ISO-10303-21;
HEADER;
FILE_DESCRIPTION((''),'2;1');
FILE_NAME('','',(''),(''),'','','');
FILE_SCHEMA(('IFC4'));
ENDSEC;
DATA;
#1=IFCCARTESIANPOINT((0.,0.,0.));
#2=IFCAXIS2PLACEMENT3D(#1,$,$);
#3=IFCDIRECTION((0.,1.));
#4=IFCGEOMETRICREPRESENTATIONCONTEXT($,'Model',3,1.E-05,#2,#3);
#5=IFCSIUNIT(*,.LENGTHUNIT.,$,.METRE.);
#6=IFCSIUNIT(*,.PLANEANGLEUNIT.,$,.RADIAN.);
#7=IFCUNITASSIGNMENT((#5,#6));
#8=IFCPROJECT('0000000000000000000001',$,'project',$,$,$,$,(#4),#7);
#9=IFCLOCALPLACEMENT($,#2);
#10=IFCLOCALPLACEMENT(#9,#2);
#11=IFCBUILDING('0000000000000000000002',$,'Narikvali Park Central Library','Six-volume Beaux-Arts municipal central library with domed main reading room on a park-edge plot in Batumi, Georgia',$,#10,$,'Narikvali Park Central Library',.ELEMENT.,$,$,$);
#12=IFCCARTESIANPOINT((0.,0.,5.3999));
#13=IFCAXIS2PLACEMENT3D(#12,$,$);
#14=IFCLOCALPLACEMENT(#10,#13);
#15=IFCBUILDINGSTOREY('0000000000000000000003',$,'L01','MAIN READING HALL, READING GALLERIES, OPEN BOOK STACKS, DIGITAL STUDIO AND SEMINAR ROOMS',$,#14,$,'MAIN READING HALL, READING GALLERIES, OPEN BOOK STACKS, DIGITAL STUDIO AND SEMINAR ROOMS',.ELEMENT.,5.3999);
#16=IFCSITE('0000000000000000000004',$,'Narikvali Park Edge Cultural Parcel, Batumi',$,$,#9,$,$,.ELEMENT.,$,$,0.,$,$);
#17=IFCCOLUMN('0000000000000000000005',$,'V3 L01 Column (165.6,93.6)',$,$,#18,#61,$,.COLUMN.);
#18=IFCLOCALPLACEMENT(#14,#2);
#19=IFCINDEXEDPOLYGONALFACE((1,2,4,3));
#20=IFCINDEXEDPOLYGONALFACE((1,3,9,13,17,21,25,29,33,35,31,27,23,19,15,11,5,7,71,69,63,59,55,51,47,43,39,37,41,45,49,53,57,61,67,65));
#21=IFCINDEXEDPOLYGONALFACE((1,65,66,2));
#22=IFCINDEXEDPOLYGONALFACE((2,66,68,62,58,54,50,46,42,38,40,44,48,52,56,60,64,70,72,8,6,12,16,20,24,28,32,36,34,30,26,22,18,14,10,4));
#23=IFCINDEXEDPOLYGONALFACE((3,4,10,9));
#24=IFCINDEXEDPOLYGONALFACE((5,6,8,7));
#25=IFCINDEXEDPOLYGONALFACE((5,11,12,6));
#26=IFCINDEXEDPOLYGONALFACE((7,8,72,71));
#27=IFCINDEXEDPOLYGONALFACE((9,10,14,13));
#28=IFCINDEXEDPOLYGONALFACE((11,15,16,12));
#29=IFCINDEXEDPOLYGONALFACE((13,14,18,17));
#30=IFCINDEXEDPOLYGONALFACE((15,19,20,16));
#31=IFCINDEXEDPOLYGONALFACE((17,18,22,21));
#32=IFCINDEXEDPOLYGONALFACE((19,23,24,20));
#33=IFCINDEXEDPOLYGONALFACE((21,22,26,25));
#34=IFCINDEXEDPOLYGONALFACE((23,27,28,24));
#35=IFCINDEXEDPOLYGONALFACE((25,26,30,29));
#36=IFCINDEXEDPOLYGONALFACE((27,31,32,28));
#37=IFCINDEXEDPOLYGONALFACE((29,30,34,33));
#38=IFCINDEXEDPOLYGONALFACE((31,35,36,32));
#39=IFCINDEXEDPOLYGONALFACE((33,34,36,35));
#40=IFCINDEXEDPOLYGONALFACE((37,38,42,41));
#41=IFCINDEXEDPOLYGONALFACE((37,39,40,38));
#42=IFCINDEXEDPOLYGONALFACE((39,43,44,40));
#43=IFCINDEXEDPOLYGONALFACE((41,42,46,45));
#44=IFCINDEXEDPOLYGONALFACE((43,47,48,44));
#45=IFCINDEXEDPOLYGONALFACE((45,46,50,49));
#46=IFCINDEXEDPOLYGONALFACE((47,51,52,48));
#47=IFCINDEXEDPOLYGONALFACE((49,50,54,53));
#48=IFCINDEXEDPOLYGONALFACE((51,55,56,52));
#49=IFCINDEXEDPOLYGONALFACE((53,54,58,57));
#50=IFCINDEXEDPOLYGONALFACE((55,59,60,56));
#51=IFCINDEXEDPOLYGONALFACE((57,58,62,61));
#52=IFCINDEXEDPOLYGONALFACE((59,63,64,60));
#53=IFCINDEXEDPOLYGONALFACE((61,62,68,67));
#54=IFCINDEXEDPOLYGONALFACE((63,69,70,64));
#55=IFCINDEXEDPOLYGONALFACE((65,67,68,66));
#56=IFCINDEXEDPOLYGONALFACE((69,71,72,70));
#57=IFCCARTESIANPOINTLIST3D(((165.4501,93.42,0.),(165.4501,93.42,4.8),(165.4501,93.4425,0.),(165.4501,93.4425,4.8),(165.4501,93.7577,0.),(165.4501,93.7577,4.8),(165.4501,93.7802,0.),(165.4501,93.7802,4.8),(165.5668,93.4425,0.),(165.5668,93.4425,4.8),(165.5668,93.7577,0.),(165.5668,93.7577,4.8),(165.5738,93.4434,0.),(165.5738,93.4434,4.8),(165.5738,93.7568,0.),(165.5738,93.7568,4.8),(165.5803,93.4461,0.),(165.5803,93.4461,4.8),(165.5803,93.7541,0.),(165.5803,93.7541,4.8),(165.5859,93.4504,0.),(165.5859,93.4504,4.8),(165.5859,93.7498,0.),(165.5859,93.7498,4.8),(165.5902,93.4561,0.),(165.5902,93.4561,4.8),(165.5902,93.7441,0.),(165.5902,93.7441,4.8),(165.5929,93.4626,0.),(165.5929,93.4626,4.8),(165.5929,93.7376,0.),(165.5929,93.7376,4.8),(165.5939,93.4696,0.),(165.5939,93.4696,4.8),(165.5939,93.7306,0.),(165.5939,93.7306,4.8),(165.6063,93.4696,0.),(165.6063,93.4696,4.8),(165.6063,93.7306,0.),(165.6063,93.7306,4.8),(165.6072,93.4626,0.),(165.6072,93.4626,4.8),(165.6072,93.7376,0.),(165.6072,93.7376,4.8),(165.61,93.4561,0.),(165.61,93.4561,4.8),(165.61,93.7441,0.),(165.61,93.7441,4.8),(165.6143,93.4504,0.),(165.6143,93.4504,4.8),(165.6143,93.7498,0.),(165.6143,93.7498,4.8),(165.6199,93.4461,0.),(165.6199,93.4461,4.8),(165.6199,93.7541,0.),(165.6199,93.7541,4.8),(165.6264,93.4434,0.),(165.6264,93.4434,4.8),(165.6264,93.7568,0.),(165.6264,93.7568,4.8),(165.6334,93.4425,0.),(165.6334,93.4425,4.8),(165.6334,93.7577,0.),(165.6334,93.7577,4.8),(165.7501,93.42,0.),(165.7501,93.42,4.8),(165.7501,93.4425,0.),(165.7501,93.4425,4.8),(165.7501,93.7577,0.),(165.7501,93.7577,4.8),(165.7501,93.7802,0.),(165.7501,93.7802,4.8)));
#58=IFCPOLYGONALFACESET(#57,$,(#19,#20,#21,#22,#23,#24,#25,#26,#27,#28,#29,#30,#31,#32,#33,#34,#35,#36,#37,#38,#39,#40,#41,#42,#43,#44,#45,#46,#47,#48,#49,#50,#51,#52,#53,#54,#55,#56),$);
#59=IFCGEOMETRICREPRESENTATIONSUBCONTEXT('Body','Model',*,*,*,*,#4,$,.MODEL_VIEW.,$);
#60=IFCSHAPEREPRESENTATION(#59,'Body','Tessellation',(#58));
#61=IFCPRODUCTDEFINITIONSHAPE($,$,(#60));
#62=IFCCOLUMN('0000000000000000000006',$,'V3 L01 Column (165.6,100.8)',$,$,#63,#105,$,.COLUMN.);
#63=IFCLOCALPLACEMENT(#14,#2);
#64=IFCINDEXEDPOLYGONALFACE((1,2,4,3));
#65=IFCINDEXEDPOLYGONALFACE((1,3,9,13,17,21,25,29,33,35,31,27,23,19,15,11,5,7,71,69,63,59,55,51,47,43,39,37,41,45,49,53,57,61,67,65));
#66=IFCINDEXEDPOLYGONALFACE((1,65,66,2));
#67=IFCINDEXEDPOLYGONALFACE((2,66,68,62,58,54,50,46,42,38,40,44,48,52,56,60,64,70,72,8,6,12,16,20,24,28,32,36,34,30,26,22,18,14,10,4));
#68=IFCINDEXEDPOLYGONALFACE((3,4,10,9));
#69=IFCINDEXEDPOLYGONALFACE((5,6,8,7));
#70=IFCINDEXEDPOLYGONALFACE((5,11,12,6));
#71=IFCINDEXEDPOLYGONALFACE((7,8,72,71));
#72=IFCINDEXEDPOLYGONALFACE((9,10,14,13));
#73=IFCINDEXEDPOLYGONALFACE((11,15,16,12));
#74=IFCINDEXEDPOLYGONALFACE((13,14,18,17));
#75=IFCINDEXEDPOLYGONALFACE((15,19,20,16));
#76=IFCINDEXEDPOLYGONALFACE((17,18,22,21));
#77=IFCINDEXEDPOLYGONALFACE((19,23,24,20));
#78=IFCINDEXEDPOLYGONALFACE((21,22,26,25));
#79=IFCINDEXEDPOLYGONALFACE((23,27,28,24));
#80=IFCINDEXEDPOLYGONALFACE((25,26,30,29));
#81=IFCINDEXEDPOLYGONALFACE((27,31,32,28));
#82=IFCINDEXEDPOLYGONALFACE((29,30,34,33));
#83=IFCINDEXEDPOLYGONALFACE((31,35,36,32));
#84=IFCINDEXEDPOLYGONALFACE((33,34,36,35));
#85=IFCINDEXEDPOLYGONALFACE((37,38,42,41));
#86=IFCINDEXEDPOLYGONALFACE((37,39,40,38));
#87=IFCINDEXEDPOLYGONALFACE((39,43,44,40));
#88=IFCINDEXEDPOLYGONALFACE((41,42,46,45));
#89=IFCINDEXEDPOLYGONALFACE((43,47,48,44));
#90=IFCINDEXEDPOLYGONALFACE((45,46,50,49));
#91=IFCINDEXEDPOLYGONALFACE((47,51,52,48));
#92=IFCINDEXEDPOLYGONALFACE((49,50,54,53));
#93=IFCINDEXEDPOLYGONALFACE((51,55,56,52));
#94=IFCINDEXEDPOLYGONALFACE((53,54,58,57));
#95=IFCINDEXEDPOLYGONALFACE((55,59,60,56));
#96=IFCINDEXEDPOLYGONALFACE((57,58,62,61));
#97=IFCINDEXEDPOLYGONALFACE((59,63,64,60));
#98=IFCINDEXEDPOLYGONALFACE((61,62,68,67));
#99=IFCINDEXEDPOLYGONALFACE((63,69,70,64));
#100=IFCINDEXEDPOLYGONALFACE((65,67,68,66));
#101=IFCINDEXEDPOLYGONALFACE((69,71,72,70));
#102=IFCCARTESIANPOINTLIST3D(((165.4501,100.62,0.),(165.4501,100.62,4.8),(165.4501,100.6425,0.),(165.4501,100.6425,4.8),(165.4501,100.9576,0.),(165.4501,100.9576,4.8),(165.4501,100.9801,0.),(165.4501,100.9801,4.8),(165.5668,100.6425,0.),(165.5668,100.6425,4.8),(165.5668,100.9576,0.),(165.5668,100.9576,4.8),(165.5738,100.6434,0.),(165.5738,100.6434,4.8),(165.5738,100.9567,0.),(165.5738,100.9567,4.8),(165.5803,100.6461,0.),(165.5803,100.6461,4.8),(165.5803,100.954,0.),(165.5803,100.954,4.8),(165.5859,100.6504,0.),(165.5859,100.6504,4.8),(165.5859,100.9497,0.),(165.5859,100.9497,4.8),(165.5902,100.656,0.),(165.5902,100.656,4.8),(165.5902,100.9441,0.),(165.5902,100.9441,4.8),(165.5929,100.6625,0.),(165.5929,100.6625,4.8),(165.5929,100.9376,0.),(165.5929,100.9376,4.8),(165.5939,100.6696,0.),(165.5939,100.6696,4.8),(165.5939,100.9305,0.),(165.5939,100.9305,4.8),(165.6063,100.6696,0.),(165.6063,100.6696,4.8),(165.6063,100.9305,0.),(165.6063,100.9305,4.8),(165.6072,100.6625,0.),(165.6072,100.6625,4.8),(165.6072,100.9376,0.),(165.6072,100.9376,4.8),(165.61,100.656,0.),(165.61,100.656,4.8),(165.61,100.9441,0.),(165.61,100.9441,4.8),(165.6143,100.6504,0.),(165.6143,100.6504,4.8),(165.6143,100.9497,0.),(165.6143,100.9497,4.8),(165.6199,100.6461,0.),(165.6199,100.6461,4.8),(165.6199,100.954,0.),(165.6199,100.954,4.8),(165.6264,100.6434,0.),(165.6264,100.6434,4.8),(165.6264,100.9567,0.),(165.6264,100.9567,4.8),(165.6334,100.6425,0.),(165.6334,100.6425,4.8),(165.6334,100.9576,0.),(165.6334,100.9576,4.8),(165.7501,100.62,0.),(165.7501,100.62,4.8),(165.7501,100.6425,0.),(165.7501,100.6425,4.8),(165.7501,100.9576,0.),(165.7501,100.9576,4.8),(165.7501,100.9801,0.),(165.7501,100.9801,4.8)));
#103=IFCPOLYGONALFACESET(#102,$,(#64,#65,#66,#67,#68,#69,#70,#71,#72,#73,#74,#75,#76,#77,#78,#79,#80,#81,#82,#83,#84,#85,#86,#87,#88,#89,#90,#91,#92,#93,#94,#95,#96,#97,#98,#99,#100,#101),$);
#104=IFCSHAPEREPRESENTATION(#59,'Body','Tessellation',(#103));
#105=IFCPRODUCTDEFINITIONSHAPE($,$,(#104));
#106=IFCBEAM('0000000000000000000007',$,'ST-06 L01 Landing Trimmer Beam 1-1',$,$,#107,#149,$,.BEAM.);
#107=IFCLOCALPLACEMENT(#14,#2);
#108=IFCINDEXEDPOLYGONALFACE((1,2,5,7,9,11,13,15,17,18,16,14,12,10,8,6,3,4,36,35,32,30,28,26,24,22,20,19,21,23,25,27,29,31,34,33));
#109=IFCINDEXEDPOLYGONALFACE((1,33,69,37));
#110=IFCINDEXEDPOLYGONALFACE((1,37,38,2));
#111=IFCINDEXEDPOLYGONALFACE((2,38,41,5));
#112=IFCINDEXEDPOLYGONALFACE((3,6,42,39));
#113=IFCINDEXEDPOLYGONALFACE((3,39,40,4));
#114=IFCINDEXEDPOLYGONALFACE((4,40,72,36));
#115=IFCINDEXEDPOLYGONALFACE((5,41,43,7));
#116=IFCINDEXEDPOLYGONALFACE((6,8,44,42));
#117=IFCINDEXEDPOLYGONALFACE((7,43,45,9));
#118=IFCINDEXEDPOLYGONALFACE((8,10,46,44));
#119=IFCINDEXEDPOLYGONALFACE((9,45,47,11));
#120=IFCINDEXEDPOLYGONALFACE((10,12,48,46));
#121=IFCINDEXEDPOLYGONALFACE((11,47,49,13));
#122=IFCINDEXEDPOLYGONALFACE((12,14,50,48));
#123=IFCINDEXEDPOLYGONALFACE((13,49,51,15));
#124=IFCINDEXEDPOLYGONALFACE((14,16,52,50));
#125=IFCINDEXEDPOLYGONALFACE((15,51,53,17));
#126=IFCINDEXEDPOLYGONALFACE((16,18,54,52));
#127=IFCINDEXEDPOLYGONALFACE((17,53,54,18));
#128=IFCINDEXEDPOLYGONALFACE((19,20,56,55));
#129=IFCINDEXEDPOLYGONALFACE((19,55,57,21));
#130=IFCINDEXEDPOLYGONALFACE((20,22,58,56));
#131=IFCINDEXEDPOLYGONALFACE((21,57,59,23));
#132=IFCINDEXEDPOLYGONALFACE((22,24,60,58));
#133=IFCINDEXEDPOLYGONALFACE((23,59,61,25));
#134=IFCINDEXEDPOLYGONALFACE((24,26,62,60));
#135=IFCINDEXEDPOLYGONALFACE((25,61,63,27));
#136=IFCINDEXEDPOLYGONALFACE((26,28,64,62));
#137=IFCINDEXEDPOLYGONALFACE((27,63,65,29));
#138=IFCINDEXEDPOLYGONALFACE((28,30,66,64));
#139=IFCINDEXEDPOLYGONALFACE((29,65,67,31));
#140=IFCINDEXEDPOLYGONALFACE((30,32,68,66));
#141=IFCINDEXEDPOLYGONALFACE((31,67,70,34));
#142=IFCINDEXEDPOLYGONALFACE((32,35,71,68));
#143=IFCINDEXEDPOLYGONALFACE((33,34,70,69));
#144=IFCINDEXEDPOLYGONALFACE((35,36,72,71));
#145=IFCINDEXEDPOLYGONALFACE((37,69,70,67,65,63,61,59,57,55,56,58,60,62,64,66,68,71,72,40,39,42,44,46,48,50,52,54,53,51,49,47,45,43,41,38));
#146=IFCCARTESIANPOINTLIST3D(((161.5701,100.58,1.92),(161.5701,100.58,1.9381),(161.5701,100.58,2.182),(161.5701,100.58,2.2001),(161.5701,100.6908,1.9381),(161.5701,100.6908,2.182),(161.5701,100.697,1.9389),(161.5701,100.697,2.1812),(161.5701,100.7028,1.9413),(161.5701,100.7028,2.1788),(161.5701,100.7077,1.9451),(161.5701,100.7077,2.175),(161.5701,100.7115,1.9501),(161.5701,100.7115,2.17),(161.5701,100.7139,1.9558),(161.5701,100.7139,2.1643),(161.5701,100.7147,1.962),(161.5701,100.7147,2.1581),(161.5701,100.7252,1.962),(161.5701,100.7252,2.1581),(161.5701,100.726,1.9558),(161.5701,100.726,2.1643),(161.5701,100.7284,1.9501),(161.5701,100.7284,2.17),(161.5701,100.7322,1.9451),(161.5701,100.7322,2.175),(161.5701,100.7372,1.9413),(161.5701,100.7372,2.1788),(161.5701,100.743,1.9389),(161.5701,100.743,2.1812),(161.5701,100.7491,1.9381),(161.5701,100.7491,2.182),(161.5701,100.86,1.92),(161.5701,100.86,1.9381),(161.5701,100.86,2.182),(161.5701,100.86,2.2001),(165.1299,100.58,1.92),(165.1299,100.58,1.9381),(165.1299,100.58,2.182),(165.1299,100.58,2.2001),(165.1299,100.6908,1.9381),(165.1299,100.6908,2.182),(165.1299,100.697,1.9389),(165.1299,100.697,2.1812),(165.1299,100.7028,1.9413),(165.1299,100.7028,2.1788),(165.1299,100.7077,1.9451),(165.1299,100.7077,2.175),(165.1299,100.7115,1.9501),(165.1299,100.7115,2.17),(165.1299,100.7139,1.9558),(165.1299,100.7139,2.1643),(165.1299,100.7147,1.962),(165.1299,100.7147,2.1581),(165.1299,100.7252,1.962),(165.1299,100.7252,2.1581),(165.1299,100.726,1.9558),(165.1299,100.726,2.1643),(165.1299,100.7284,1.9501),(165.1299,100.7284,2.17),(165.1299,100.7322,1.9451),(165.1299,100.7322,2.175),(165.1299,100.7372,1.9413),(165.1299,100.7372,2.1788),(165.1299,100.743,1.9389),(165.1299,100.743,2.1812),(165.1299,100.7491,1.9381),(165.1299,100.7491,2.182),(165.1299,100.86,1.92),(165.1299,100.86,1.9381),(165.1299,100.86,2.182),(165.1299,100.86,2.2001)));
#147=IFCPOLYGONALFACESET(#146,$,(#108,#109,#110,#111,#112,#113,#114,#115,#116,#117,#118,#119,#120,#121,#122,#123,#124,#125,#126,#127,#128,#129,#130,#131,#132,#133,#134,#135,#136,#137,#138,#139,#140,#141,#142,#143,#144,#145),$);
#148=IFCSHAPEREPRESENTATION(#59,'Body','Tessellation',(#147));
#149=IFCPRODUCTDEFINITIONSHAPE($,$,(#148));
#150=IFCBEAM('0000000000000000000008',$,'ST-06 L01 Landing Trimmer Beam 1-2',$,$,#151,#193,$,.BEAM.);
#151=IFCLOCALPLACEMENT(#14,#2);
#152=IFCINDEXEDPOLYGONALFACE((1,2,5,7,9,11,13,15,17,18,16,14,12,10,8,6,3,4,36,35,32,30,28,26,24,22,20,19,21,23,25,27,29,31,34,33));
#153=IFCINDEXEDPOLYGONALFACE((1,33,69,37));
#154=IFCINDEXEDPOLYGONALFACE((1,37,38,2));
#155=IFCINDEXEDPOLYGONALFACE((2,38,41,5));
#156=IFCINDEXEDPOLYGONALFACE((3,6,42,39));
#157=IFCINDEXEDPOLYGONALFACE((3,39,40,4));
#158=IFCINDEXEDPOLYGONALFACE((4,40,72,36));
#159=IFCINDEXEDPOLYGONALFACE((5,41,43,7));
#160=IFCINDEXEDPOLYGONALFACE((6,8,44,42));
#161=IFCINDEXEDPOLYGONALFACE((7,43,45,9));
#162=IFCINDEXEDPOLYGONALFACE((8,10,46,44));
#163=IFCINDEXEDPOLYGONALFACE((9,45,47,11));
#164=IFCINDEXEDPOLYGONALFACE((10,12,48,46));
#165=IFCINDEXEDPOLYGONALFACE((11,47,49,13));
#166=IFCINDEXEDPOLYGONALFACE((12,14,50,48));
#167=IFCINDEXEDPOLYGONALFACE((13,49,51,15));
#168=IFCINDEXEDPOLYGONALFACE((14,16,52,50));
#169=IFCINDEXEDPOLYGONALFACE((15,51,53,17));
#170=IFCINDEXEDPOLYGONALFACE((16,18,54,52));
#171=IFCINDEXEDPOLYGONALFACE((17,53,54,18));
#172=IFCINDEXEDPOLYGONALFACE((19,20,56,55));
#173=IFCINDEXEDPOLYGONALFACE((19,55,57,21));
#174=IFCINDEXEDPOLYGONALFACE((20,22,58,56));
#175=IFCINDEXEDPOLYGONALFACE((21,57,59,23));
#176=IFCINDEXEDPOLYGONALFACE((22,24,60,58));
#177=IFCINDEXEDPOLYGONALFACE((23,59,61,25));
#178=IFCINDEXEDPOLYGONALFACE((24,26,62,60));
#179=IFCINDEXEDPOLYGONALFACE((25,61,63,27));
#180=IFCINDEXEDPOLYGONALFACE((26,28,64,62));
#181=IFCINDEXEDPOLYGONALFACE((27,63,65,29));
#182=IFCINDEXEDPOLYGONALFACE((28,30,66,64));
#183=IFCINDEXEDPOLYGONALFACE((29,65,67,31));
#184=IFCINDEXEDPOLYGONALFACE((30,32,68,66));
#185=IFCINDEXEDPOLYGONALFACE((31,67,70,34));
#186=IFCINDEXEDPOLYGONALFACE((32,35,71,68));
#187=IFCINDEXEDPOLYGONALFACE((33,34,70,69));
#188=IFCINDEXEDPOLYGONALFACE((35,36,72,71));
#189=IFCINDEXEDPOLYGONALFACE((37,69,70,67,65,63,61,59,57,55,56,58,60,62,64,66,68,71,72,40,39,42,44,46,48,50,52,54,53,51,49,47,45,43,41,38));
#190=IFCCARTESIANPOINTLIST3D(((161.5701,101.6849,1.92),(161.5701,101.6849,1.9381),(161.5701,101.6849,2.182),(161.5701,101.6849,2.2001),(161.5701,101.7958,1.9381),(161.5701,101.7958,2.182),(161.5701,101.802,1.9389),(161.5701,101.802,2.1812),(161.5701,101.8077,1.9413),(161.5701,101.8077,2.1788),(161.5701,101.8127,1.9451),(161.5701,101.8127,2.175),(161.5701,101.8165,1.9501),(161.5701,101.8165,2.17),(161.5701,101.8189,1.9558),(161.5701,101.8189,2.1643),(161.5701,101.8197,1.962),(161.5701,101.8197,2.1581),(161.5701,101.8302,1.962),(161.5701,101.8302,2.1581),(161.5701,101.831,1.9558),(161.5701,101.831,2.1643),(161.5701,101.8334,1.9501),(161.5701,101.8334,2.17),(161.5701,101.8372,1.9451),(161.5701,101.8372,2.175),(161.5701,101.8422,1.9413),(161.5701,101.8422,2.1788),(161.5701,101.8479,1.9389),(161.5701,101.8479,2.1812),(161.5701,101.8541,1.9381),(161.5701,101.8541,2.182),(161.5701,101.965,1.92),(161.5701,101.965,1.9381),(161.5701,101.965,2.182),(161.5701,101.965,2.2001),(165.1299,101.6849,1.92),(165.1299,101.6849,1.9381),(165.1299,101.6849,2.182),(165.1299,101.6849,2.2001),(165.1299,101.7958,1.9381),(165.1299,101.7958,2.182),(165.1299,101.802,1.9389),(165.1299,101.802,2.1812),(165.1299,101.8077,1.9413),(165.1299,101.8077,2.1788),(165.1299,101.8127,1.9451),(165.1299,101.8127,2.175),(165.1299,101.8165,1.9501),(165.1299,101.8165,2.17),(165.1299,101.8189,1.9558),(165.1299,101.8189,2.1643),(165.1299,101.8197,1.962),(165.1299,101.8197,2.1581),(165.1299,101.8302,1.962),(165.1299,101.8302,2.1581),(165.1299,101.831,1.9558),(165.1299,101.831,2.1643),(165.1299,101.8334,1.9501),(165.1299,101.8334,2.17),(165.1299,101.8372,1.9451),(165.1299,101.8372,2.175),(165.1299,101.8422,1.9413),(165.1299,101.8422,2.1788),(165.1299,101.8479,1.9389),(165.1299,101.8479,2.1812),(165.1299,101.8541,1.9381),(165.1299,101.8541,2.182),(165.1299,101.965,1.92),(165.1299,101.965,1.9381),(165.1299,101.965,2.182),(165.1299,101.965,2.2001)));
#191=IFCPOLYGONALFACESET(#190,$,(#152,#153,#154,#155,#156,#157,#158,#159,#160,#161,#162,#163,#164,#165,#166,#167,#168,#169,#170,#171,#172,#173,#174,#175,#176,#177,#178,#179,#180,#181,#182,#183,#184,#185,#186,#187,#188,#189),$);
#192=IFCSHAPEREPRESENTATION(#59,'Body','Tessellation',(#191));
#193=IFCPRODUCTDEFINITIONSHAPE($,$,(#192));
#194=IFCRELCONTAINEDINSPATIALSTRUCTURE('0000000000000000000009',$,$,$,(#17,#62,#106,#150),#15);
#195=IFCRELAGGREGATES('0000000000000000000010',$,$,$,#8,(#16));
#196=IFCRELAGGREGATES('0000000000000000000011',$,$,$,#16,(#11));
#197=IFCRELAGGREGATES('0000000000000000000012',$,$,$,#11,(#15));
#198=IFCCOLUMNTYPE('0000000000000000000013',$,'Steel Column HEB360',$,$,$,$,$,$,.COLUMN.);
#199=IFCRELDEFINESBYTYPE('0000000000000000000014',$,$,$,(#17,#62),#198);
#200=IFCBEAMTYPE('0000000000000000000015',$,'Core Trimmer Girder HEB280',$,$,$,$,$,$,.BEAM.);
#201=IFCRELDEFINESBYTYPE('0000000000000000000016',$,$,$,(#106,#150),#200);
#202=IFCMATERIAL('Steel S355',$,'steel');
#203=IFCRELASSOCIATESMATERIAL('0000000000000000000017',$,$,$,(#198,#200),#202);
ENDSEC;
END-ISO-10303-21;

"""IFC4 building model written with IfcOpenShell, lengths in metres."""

from ifc_helpers import new_model, si_unit, direction, frame, origin, origin_2d, place, context, subcontext, project, spatial, i_section, extrude, material, material_profile, profile_set, type_object, element, save


model = new_model("IFC4")

# Units and contexts
model_context = context("Model", 3, precision=1e-05, world=origin(), true_north=direction((0.0, 1.0)))
body_context = subcontext(model_context, "Body", "Model", "MODEL_VIEW")
ifc_project = project(units=[si_unit("LENGTHUNIT", "METRE"), si_unit("PLANEANGLEUNIT", "RADIAN")], contexts=[model_context])

# Site, building, storey
site_placement = place(None, origin())
site = spatial("IfcSite", under=ifc_project, at=site_placement, Name="Narikvali Park Edge Cultural Parcel, Batumi", CompositionType="ELEMENT", RefElevation=0.0)
building_placement = place(site_placement, origin())
building = spatial("IfcBuilding", under=site, at=building_placement, Name="Narikvali Park Central Library", Description="Six-volume Beaux-Arts municipal central library with domed main reading room on a park-edge plot in Batumi, Georgia", LongName="Narikvali Park Central Library", CompositionType="ELEMENT")
storey_placement = place(building_placement, frame((0.0, 0.0, 5.3999)))
storey = spatial("IfcBuildingStorey", under=building, at=storey_placement, Name="L01", Description="MAIN READING HALL, READING GALLERIES, OPEN BOOK STACKS, DIGITAL STUDIO AND SEMINAR ROOMS", LongName="MAIN READING HALL, READING GALLERIES, OPEN BOOK STACKS, DIGITAL STUDIO AND SEMINAR ROOMS", CompositionType="ELEMENT", Elevation=5.3999)

# Columns
ifc_material_1 = material(Name="Steel S355", Category="steel")
ifc_material_profile_1 = material_profile(ifc_material_1, i_section(OverallWidth=0.3, OverallDepth=0.3601, WebThickness=0.0125, FlangeThickness=0.0225, FilletRadius=0.0271, at=origin_2d()), Name="HEB 360")
ifc_profile_set_1 = profile_set([ifc_material_profile_1], Name="Steel S355")
column_type = type_object("IfcColumnType", Name="Steel Column HEB360", PredefinedType="COLUMN", material=ifc_profile_set_1)
for number, where, z_axis, x_axis, name in (
    (1, (165.6001, 93.6001, 0.0), (0.0, 0.0, 1.0), (1.0, 0.0, 0.0), "V3 L01 Column (165.6,93.6)"),
    (2, (165.6001, 100.8, 0.0), (0.0, 0.0, 1.0), (1.0, 0.0, 0.0), "V3 L01 Column (165.6,100.8)"),
):
    element("IfcColumn", number, at=place(storey_placement, frame(where, z_axis=z_axis, x_axis=x_axis)), inside=storey, type_object=column_type, Name=name, PredefinedType="COLUMN", context=body_context, shape_type="SweptSolid", body=[
        extrude(i_section(OverallWidth=0.3, OverallDepth=0.3601, WebThickness=0.0125, FlangeThickness=0.0225, FilletRadius=0.0271, at=origin_2d()), origin(), (0.0, 0.0, 1.0), 4.8),
    ])

# Beams
ifc_material_profile_2 = material_profile(ifc_material_1, i_section(OverallWidth=0.28, OverallDepth=0.28, WebThickness=0.0105, FlangeThickness=0.0181, FilletRadius=0.0239, at=origin_2d()), Name="HEB 280")
ifc_profile_set_2 = profile_set([ifc_material_profile_2], Name="Steel S355")
beam_type_1 = type_object("IfcBeamType", Name="Core Trimmer Girder HEB280", PredefinedType="BEAM", material=ifc_profile_set_2)
for number, where, z_axis, x_axis, name in (
    (3, (161.5701, 100.72, 2.0601), (1.0, 0.0, 0.0), (0.0, 1.0, 0.0), "ST-06 L01 Landing Trimmer Beam 1-1"),
    (4, (161.5701, 101.825, 2.0601), (1.0, 0.0, 0.0), (0.0, 1.0, 0.0), "ST-06 L01 Landing Trimmer Beam 1-2"),
):
    element("IfcBeam", number, at=place(storey_placement, frame(where, z_axis=z_axis, x_axis=x_axis)), inside=storey, type_object=beam_type_1, Name=name, PredefinedType="BEAM", context=body_context, shape_type="SweptSolid", body=[
        extrude(i_section(OverallWidth=0.28, OverallDepth=0.28, WebThickness=0.0105, FlangeThickness=0.0181, FilletRadius=0.0239, at=origin_2d()), origin(), (0.0, 0.0, 1.0), 3.5598),
    ])

save(model, "model.ifc")
